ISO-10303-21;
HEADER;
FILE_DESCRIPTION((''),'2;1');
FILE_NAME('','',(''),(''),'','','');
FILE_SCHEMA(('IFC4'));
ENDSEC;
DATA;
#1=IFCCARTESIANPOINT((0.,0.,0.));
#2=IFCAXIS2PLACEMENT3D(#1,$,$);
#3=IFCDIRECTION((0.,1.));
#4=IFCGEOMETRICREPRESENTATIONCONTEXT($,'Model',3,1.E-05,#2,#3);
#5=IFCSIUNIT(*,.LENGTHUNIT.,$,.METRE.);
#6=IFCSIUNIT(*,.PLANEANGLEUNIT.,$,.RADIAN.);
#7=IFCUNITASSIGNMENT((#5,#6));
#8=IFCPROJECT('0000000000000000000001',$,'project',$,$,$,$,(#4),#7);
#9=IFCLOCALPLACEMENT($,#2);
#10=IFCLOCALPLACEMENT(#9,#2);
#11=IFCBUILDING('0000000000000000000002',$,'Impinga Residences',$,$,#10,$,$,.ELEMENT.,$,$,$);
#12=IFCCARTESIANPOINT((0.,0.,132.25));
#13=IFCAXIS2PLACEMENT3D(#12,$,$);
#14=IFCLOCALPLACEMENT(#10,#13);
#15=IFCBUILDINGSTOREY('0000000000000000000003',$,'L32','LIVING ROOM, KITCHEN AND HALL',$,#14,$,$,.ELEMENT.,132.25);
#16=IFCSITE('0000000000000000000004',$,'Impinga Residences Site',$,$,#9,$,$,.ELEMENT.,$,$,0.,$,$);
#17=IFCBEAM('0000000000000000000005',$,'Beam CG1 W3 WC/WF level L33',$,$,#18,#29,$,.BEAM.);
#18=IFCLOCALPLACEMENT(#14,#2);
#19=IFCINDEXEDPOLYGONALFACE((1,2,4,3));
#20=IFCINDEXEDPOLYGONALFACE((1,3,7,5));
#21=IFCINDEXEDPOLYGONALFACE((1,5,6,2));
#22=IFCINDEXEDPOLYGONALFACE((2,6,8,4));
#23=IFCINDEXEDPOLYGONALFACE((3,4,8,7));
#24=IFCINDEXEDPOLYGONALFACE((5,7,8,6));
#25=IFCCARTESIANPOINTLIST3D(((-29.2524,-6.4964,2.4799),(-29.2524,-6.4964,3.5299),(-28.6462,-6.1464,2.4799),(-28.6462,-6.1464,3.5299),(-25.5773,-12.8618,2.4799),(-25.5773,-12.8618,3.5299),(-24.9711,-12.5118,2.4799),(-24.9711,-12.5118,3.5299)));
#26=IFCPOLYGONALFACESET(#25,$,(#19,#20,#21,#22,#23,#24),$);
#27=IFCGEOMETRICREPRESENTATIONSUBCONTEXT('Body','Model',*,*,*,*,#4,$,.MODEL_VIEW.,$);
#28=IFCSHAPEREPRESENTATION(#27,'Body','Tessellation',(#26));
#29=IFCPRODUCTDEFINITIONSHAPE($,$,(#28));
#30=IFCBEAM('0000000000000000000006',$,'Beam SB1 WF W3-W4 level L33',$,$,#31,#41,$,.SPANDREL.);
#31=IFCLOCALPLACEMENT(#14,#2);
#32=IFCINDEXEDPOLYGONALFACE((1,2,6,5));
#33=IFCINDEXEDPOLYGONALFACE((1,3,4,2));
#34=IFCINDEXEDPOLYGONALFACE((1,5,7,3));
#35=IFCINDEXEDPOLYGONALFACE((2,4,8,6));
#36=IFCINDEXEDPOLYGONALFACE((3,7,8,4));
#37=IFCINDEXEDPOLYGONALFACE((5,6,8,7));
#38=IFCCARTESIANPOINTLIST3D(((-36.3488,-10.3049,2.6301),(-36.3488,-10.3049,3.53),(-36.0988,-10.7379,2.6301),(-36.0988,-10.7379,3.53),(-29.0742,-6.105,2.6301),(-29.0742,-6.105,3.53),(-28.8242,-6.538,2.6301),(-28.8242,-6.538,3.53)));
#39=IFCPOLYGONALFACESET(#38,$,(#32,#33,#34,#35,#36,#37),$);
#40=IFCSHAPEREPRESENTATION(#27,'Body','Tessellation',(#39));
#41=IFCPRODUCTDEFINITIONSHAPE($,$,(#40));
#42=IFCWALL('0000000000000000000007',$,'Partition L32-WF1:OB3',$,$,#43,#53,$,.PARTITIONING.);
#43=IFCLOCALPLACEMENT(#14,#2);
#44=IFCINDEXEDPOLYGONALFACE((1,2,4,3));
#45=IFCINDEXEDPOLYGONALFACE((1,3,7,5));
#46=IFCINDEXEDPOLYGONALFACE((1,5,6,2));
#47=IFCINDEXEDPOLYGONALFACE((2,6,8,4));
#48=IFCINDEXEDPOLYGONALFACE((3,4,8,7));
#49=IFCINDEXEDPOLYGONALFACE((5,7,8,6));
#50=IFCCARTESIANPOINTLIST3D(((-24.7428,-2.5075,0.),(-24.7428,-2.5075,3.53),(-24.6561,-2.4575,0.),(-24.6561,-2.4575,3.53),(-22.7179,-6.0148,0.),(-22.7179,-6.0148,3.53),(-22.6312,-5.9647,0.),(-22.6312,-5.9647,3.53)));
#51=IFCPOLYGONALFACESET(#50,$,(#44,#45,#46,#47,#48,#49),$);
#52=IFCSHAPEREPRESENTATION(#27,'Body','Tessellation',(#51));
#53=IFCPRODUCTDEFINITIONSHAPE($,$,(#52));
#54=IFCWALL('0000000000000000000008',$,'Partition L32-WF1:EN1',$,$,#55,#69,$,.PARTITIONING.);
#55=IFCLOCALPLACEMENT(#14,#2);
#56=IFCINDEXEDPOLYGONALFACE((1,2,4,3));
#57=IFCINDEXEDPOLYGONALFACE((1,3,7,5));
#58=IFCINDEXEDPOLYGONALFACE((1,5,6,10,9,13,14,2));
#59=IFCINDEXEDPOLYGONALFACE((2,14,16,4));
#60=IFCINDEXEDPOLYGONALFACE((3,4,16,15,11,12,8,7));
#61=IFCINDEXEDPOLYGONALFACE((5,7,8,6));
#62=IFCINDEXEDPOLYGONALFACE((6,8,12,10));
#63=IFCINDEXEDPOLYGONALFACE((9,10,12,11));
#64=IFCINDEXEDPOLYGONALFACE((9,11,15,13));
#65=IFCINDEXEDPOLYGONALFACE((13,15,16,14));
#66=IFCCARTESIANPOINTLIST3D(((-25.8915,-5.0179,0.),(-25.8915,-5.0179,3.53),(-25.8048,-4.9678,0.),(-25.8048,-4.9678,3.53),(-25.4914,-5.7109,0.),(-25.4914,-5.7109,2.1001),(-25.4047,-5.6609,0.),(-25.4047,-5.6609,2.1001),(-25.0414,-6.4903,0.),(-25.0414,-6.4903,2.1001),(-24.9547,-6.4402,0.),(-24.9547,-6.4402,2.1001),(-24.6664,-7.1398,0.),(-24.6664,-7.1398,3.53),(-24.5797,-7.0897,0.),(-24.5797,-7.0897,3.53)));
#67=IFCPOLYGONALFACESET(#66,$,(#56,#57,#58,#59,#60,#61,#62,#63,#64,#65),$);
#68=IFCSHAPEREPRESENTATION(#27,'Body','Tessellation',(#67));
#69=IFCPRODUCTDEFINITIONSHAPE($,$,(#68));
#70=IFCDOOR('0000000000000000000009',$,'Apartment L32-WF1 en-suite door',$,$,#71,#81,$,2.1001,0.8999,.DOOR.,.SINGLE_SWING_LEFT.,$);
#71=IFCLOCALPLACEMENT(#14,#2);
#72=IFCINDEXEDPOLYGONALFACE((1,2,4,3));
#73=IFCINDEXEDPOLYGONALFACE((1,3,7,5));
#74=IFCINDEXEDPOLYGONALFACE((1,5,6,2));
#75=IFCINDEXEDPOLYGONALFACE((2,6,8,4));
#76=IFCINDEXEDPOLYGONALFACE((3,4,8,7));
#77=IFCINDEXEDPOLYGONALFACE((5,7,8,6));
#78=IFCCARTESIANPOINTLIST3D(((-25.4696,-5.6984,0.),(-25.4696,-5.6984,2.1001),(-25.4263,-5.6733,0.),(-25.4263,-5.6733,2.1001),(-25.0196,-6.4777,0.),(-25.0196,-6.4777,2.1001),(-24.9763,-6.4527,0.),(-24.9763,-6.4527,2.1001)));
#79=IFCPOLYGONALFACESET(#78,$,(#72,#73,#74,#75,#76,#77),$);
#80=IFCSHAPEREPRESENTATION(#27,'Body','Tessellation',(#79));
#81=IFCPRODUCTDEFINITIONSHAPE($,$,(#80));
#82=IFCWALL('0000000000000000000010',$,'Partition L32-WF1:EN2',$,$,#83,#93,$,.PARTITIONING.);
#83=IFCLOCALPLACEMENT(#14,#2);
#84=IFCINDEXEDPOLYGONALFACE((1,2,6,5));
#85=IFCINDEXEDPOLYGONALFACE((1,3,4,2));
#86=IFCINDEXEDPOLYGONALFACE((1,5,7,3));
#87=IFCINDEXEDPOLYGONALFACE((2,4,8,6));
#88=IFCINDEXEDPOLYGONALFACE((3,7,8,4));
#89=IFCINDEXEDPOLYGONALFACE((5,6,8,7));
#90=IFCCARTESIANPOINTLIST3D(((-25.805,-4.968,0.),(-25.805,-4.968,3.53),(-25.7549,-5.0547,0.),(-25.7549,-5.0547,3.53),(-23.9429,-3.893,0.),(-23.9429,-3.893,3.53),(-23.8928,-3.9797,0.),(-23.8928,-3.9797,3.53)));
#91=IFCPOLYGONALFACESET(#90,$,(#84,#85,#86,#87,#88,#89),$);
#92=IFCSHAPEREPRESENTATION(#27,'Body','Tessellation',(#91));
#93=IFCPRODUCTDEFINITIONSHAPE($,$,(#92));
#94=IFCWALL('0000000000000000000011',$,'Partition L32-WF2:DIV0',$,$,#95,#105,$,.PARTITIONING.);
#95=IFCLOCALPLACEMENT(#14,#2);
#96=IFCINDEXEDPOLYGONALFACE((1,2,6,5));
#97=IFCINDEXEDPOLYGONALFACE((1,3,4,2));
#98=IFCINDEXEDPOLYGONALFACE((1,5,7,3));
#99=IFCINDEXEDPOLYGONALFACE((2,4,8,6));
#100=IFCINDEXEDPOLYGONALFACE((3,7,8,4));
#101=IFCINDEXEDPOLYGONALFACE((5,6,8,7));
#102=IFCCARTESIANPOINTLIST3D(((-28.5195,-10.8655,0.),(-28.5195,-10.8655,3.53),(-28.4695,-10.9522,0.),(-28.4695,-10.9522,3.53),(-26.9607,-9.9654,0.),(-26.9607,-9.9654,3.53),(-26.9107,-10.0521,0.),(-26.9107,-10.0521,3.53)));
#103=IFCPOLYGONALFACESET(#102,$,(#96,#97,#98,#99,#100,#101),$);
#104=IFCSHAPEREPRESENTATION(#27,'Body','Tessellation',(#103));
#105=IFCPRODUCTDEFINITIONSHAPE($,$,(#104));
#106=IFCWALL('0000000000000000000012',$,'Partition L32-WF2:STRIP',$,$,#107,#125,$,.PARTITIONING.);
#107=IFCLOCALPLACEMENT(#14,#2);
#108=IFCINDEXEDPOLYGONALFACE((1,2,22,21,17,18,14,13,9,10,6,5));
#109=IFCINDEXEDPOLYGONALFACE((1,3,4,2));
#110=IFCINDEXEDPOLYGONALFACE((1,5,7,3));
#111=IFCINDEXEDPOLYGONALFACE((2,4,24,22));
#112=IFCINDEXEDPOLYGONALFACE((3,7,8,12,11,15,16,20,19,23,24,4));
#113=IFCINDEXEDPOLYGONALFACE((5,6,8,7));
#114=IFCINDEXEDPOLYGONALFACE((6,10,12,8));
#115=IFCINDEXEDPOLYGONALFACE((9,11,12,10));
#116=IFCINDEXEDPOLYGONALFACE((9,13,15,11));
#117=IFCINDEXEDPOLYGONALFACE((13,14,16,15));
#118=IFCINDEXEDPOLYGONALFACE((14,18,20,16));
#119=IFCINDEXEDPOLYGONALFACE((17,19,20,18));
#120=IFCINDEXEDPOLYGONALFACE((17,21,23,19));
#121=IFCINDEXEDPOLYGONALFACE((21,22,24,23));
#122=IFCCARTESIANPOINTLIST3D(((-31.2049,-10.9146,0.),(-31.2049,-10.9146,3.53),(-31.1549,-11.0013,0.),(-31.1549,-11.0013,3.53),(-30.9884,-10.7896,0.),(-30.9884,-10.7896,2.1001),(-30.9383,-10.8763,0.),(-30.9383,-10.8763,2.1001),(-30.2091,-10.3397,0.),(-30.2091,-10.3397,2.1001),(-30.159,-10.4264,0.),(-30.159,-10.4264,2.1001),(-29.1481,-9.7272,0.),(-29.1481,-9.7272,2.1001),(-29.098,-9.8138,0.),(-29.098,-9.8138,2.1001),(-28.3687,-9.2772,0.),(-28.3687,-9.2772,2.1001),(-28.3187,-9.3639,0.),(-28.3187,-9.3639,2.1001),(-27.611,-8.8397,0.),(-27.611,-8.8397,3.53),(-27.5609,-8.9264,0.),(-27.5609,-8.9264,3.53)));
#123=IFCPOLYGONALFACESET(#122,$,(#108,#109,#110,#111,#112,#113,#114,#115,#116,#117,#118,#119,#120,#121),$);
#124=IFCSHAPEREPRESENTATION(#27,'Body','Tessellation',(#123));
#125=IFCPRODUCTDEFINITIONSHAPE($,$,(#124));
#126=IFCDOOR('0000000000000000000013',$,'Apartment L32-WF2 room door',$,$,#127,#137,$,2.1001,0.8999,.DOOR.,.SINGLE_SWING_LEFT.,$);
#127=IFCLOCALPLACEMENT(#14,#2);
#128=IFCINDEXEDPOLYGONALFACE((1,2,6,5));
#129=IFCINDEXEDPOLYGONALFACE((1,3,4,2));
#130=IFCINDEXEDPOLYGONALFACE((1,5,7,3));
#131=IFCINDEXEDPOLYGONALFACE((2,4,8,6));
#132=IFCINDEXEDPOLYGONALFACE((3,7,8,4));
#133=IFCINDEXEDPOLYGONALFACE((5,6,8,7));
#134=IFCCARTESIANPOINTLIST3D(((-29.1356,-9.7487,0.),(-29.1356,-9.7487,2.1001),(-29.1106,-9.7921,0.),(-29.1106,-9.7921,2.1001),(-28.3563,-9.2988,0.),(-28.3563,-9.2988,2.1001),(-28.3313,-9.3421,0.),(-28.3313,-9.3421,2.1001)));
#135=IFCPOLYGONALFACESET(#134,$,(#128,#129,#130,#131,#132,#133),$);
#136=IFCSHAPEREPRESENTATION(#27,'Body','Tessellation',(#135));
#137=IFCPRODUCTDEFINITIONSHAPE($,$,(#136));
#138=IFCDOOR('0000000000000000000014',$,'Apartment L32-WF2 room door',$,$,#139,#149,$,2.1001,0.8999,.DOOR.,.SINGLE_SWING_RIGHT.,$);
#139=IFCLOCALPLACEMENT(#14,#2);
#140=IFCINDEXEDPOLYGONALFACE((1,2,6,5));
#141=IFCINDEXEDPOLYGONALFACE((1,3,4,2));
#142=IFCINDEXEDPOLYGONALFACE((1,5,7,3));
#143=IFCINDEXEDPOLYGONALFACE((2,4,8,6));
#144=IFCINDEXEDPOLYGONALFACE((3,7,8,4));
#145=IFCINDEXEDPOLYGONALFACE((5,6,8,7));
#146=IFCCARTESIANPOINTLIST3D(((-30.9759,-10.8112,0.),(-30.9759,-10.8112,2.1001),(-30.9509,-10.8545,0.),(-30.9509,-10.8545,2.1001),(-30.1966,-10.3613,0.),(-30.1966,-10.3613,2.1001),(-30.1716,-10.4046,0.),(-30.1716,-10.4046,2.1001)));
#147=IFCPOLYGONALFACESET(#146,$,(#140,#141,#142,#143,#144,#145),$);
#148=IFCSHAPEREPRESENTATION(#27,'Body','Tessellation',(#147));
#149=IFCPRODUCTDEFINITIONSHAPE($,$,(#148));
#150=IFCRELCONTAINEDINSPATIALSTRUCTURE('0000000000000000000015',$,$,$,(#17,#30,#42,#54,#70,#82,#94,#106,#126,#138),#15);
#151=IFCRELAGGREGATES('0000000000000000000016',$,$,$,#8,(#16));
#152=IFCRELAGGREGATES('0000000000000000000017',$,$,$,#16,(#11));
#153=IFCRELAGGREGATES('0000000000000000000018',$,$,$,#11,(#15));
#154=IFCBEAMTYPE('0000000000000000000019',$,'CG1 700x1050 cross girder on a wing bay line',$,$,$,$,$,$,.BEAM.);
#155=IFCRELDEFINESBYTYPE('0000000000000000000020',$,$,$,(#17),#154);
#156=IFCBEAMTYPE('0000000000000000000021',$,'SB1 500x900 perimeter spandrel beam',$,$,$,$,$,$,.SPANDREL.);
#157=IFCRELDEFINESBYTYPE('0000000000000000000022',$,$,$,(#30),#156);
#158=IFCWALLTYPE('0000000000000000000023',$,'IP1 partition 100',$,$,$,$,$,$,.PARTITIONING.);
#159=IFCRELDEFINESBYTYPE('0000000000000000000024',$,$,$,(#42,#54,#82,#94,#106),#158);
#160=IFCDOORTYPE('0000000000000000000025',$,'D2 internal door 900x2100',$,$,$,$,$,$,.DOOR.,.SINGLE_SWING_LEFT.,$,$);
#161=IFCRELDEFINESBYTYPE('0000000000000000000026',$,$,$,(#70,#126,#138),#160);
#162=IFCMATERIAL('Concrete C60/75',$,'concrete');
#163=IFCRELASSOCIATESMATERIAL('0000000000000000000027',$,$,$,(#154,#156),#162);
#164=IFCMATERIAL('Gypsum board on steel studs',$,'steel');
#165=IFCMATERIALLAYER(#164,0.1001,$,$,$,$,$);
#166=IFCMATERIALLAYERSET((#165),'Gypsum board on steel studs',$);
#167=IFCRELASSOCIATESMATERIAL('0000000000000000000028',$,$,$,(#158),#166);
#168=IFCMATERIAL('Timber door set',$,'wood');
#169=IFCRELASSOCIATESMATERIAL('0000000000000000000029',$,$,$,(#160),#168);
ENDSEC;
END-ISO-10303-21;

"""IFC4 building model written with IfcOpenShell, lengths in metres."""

from ifc_helpers import new_model, si_unit, direction, frame, frame_2d, origin, origin_2d, place, context, subcontext, project, spatial, rectangle, extrude, material, layer, layer_set, material_profile, profile_set, type_object, element, fill, save


model = new_model("IFC4")

# Units and contexts
model_context = context("Model", 3, precision=1e-05, world=origin(), true_north=direction((0.0, 1.0)))
body_context = subcontext(model_context, "Body", "Model", "MODEL_VIEW")
ifc_project = project(units=[si_unit("LENGTHUNIT", "METRE"), si_unit("PLANEANGLEUNIT", "RADIAN")], contexts=[model_context])

# Site, building, storey
site_placement = place(None, origin())
site = spatial("IfcSite", under=ifc_project, at=site_placement, Name="Impinga Residences Site", CompositionType="ELEMENT", RefElevation=0.0)
building_placement = place(site_placement, origin())
building = spatial("IfcBuilding", under=site, at=building_placement, Name="Impinga Residences", CompositionType="ELEMENT")
storey_placement = place(building_placement, frame((0.0, 0.0, 132.25)))
storey = spatial("IfcBuildingStorey", under=building, at=storey_placement, Name="L32", Description="LIVING ROOM, KITCHEN AND HALL", CompositionType="ELEMENT", Elevation=132.25)

# Beams
ifc_material_1 = material(Name="Concrete C60/75", Category="concrete")
ifc_material_profile_1 = material_profile(ifc_material_1, rectangle(XDim=0.7, YDim=1.05, at=origin_2d()), Name="RC 700x1050")
ifc_profile_set_1 = profile_set([ifc_material_profile_1], Name="Concrete C60/75")
beam_type_1 = type_object("IfcBeamType", Name="CG1 700x1050 cross girder on a wing bay line", PredefinedType="BEAM", material=ifc_profile_set_1)
beam_1_placement = place(storey_placement, frame((-25.2742, -12.6868, 3.0049), z_axis=(-0.500008, 0.866021, 0.0), x_axis=(-0.866021, -0.500008, 0.0)))
element("IfcBeam", 1, at=beam_1_placement, inside=storey, type_object=beam_type_1, Name="Beam CG1 W3 WC/WF level L33", PredefinedType="BEAM", context=body_context, shape_type="SweptSolid", body=[
    extrude(rectangle(XDim=0.7, YDim=1.05, at=origin_2d()), origin(), (0.0, 0.0, 1.0), 7.3501),
])
ifc_material_profile_2 = material_profile(ifc_material_1, rectangle(XDim=0.5, YDim=0.8999, at=origin_2d()), Name="RC 500x900")
ifc_profile_set_2 = profile_set([ifc_material_profile_2], Name="Concrete C60/75")
beam_type_2 = type_object("IfcBeamType", Name="SB1 500x900 perimeter spandrel beam", PredefinedType="SPANDREL", material=ifc_profile_set_2)
beam_2_placement = place(storey_placement, frame((-28.9492, -6.3215, 3.0801), z_axis=(-0.866029, -0.499993, 0.0), x_axis=(0.499993, -0.866029, 0.0)))
element("IfcBeam", 2, at=beam_2_placement, inside=storey, type_object=beam_type_2, Name="Beam SB1 WF W3-W4 level L33", PredefinedType="SPANDREL", context=body_context, shape_type="SweptSolid", body=[
    extrude(rectangle(XDim=0.5, YDim=0.8999, at=origin_2d()), origin(), (0.0, 0.0, 1.0), 8.3999),
])

# Wall
ifc_material_2 = material(Name="Gypsum board on steel studs", Category="steel")
ifc_layer_1 = layer(ifc_material_2, 0.1001)
ifc_layer_set_1 = layer_set([ifc_layer_1], Name="Gypsum board on steel studs")
wall_type_1 = type_object("IfcWallType", Name="IP1 partition 100", PredefinedType="PARTITIONING", material=ifc_layer_set_1)
wall_1_placement = place(storey_placement, frame((-22.6746, -5.9897, 0.0), z_axis=(0.0, 0.0, 1.0), x_axis=(-0.49999, 0.866031, 0.0)))
element("IfcWall", 3, at=wall_1_placement, inside=storey, type_object=wall_type_1, Name="Partition L32-WF1:OB3", PredefinedType="PARTITIONING", context=body_context, shape_type="SweptSolid", body=[
    extrude(rectangle(XDim=4.0498, YDim=0.1001, at=frame_2d((2.0249, 0.0))), origin(), (0.0, 0.0, 1.0), 3.53),
])

# Wall, opening, door
wall_2_placement = place(storey_placement, frame((-24.623, -7.1147, 0.0), z_axis=(0.0, 0.0, 1.0), x_axis=(-0.500019, 0.866015, 0.0)))
wall_2 = element("IfcWall", 4, at=wall_2_placement, inside=storey, type_object=wall_type_1, Name="Partition L32-WF1:EN1", PredefinedType="PARTITIONING", context=body_context, shape_type="SweptSolid", body=[
    extrude(rectangle(XDim=2.4502, YDim=0.1001, at=frame_2d((1.2251, 0.0))), origin(), (0.0, 0.0, 1.0), 3.53),
])
opening_1_placement = place(wall_2_placement, frame((0.75, 0.0, 0.0)))
opening_1 = element("IfcOpeningElement", 5, at=opening_1_placement, cuts=wall_2, PredefinedType="OPENING", context=body_context, shape_type="SweptSolid", body=[
    extrude(rectangle(XDim=0.8999, YDim=2.1001, at=frame_2d((0.45, 1.05))), frame((0.0, 0.0601, 0.0), z_axis=(0.0, -1.0, 0.0), x_axis=(1.0, 0.0, 0.0)), (0.0, 0.0, 1.0), 0.1201),
])
ifc_material_3 = material(Name="Timber door set", Category="wood")
door_type = type_object("IfcDoorType", Name="D2 internal door 900x2100", OperationType="SINGLE_SWING_LEFT", PredefinedType="DOOR", material=ifc_material_3)
door_1_placement = place(opening_1_placement, origin())
door_1 = element("IfcDoor", 6, at=door_1_placement, inside=storey, type_object=door_type, Name="Apartment L32-WF1 en-suite door", OperationType="SINGLE_SWING_LEFT", OverallHeight=2.1001, OverallWidth=0.8999, PredefinedType="DOOR", context=body_context, shape_type="SweptSolid", body=[
    extrude(rectangle(XDim=0.8999, YDim=2.1001, at=frame_2d((0.45, 1.05))), frame((0.0, 0.0249, 0.0), z_axis=(0.0, -1.0, 0.0), x_axis=(1.0, 0.0, 0.0)), (0.0, 0.0, 1.0), 0.05),
])
fill(opening_1, door_1)

# Walls
wall_3_placement = place(storey_placement, frame((-23.9177, -3.9363, 0.0), z_axis=(0.0, 0.0, 1.0), x_axis=(-0.866048, -0.499962, 0.0)))
element("IfcWall", 7, at=wall_3_placement, inside=storey, type_object=wall_type_1, Name="Partition L32-WF1:EN2", PredefinedType="PARTITIONING", context=body_context, shape_type="SweptSolid", body=[
    extrude(rectangle(XDim=2.1501, YDim=0.1001, at=frame_2d((1.0752, 0.0))), origin(), (0.0, 0.0, 1.0), 3.53),
])
wall_4_placement = place(storey_placement, frame((-26.9358, -10.0088, 0.0), z_axis=(0.0, 0.0, 1.0), x_axis=(-0.865989, -0.500063, 0.0)))
element("IfcWall", 8, at=wall_4_placement, inside=storey, type_object=wall_type_1, Name="Partition L32-WF2:DIV0", PredefinedType="PARTITIONING", context=body_context, shape_type="SweptSolid", body=[
    extrude(rectangle(XDim=1.8, YDim=0.1001, at=frame_2d((0.8999, 0.0))), origin(), (0.0, 0.0, 1.0), 3.53),
])

# Wall, openings, doors
wall_5_placement = place(storey_placement, frame((-27.5859, -8.8831, 0.0), z_axis=(0.0, 0.0, 1.0), x_axis=(-0.86603, -0.499992, 0.0)))
wall_5 = element("IfcWall", 9, at=wall_5_placement, inside=storey, type_object=wall_type_1, Name="Partition L32-WF2:STRIP", PredefinedType="PARTITIONING", context=body_context, shape_type="SweptSolid", body=[
    extrude(rectangle(XDim=4.1499, YDim=0.1001, at=frame_2d((2.075, 0.0))), origin(), (0.0, 0.0, 1.0), 3.53),
])
opening_2_placement = place(wall_5_placement, frame((0.875, 0.0, 0.0)))
opening_2 = element("IfcOpeningElement", 10, at=opening_2_placement, cuts=wall_5, PredefinedType="OPENING", context=body_context, shape_type="SweptSolid", body=[
    extrude(rectangle(XDim=0.8999, YDim=2.1001, at=frame_2d((0.45, 1.05))), frame((0.0, 0.0601, 0.0), z_axis=(0.0, -1.0, 0.0), x_axis=(1.0, 0.0, 0.0)), (0.0, 0.0, 1.0), 0.1201),
])
opening_3_placement = place(wall_5_placement, frame((3.0, 0.0, 0.0)))
opening_3 = element("IfcOpeningElement", 11, at=opening_3_placement, cuts=wall_5, PredefinedType="OPENING", context=body_context, shape_type="SweptSolid", body=[
    extrude(rectangle(XDim=0.8999, YDim=2.1001, at=frame_2d((0.45, 1.05))), frame((0.0, 0.0601, 0.0), z_axis=(0.0, -1.0, 0.0), x_axis=(1.0, 0.0, 0.0)), (0.0, 0.0, 1.0), 0.1201),
])
door_2_placement = place(opening_2_placement, origin())
door_2 = element("IfcDoor", 12, at=door_2_placement, inside=storey, type_object=door_type, Name="Apartment L32-WF2 room door", OperationType="SINGLE_SWING_LEFT", OverallHeight=2.1001, OverallWidth=0.8999, PredefinedType="DOOR", context=body_context, shape_type="SweptSolid", body=[
    extrude(rectangle(XDim=0.8999, YDim=2.1001, at=frame_2d((0.45, 1.05))), frame((0.0, 0.0249, 0.0), z_axis=(0.0, -1.0, 0.0), x_axis=(1.0, 0.0, 0.0)), (0.0, 0.0, 1.0), 0.05),
])
fill(opening_2, door_2)
door_3_placement = place(opening_3_placement, origin())
door_3 = element("IfcDoor", 13, at=door_3_placement, inside=storey, type_object=door_type, Name="Apartment L32-WF2 room door", OperationType="SINGLE_SWING_RIGHT", OverallHeight=2.1001, OverallWidth=0.8999, PredefinedType="DOOR", context=body_context, shape_type="SweptSolid", body=[
    extrude(rectangle(XDim=0.8999, YDim=2.1001, at=frame_2d((0.45, 1.05))), frame((0.0, 0.0249, 0.0), z_axis=(0.0, -1.0, 0.0), x_axis=(1.0, 0.0, 0.0)), (0.0, 0.0, 1.0), 0.05),
])
fill(opening_3, door_3)

save(model, "model.ifc")
